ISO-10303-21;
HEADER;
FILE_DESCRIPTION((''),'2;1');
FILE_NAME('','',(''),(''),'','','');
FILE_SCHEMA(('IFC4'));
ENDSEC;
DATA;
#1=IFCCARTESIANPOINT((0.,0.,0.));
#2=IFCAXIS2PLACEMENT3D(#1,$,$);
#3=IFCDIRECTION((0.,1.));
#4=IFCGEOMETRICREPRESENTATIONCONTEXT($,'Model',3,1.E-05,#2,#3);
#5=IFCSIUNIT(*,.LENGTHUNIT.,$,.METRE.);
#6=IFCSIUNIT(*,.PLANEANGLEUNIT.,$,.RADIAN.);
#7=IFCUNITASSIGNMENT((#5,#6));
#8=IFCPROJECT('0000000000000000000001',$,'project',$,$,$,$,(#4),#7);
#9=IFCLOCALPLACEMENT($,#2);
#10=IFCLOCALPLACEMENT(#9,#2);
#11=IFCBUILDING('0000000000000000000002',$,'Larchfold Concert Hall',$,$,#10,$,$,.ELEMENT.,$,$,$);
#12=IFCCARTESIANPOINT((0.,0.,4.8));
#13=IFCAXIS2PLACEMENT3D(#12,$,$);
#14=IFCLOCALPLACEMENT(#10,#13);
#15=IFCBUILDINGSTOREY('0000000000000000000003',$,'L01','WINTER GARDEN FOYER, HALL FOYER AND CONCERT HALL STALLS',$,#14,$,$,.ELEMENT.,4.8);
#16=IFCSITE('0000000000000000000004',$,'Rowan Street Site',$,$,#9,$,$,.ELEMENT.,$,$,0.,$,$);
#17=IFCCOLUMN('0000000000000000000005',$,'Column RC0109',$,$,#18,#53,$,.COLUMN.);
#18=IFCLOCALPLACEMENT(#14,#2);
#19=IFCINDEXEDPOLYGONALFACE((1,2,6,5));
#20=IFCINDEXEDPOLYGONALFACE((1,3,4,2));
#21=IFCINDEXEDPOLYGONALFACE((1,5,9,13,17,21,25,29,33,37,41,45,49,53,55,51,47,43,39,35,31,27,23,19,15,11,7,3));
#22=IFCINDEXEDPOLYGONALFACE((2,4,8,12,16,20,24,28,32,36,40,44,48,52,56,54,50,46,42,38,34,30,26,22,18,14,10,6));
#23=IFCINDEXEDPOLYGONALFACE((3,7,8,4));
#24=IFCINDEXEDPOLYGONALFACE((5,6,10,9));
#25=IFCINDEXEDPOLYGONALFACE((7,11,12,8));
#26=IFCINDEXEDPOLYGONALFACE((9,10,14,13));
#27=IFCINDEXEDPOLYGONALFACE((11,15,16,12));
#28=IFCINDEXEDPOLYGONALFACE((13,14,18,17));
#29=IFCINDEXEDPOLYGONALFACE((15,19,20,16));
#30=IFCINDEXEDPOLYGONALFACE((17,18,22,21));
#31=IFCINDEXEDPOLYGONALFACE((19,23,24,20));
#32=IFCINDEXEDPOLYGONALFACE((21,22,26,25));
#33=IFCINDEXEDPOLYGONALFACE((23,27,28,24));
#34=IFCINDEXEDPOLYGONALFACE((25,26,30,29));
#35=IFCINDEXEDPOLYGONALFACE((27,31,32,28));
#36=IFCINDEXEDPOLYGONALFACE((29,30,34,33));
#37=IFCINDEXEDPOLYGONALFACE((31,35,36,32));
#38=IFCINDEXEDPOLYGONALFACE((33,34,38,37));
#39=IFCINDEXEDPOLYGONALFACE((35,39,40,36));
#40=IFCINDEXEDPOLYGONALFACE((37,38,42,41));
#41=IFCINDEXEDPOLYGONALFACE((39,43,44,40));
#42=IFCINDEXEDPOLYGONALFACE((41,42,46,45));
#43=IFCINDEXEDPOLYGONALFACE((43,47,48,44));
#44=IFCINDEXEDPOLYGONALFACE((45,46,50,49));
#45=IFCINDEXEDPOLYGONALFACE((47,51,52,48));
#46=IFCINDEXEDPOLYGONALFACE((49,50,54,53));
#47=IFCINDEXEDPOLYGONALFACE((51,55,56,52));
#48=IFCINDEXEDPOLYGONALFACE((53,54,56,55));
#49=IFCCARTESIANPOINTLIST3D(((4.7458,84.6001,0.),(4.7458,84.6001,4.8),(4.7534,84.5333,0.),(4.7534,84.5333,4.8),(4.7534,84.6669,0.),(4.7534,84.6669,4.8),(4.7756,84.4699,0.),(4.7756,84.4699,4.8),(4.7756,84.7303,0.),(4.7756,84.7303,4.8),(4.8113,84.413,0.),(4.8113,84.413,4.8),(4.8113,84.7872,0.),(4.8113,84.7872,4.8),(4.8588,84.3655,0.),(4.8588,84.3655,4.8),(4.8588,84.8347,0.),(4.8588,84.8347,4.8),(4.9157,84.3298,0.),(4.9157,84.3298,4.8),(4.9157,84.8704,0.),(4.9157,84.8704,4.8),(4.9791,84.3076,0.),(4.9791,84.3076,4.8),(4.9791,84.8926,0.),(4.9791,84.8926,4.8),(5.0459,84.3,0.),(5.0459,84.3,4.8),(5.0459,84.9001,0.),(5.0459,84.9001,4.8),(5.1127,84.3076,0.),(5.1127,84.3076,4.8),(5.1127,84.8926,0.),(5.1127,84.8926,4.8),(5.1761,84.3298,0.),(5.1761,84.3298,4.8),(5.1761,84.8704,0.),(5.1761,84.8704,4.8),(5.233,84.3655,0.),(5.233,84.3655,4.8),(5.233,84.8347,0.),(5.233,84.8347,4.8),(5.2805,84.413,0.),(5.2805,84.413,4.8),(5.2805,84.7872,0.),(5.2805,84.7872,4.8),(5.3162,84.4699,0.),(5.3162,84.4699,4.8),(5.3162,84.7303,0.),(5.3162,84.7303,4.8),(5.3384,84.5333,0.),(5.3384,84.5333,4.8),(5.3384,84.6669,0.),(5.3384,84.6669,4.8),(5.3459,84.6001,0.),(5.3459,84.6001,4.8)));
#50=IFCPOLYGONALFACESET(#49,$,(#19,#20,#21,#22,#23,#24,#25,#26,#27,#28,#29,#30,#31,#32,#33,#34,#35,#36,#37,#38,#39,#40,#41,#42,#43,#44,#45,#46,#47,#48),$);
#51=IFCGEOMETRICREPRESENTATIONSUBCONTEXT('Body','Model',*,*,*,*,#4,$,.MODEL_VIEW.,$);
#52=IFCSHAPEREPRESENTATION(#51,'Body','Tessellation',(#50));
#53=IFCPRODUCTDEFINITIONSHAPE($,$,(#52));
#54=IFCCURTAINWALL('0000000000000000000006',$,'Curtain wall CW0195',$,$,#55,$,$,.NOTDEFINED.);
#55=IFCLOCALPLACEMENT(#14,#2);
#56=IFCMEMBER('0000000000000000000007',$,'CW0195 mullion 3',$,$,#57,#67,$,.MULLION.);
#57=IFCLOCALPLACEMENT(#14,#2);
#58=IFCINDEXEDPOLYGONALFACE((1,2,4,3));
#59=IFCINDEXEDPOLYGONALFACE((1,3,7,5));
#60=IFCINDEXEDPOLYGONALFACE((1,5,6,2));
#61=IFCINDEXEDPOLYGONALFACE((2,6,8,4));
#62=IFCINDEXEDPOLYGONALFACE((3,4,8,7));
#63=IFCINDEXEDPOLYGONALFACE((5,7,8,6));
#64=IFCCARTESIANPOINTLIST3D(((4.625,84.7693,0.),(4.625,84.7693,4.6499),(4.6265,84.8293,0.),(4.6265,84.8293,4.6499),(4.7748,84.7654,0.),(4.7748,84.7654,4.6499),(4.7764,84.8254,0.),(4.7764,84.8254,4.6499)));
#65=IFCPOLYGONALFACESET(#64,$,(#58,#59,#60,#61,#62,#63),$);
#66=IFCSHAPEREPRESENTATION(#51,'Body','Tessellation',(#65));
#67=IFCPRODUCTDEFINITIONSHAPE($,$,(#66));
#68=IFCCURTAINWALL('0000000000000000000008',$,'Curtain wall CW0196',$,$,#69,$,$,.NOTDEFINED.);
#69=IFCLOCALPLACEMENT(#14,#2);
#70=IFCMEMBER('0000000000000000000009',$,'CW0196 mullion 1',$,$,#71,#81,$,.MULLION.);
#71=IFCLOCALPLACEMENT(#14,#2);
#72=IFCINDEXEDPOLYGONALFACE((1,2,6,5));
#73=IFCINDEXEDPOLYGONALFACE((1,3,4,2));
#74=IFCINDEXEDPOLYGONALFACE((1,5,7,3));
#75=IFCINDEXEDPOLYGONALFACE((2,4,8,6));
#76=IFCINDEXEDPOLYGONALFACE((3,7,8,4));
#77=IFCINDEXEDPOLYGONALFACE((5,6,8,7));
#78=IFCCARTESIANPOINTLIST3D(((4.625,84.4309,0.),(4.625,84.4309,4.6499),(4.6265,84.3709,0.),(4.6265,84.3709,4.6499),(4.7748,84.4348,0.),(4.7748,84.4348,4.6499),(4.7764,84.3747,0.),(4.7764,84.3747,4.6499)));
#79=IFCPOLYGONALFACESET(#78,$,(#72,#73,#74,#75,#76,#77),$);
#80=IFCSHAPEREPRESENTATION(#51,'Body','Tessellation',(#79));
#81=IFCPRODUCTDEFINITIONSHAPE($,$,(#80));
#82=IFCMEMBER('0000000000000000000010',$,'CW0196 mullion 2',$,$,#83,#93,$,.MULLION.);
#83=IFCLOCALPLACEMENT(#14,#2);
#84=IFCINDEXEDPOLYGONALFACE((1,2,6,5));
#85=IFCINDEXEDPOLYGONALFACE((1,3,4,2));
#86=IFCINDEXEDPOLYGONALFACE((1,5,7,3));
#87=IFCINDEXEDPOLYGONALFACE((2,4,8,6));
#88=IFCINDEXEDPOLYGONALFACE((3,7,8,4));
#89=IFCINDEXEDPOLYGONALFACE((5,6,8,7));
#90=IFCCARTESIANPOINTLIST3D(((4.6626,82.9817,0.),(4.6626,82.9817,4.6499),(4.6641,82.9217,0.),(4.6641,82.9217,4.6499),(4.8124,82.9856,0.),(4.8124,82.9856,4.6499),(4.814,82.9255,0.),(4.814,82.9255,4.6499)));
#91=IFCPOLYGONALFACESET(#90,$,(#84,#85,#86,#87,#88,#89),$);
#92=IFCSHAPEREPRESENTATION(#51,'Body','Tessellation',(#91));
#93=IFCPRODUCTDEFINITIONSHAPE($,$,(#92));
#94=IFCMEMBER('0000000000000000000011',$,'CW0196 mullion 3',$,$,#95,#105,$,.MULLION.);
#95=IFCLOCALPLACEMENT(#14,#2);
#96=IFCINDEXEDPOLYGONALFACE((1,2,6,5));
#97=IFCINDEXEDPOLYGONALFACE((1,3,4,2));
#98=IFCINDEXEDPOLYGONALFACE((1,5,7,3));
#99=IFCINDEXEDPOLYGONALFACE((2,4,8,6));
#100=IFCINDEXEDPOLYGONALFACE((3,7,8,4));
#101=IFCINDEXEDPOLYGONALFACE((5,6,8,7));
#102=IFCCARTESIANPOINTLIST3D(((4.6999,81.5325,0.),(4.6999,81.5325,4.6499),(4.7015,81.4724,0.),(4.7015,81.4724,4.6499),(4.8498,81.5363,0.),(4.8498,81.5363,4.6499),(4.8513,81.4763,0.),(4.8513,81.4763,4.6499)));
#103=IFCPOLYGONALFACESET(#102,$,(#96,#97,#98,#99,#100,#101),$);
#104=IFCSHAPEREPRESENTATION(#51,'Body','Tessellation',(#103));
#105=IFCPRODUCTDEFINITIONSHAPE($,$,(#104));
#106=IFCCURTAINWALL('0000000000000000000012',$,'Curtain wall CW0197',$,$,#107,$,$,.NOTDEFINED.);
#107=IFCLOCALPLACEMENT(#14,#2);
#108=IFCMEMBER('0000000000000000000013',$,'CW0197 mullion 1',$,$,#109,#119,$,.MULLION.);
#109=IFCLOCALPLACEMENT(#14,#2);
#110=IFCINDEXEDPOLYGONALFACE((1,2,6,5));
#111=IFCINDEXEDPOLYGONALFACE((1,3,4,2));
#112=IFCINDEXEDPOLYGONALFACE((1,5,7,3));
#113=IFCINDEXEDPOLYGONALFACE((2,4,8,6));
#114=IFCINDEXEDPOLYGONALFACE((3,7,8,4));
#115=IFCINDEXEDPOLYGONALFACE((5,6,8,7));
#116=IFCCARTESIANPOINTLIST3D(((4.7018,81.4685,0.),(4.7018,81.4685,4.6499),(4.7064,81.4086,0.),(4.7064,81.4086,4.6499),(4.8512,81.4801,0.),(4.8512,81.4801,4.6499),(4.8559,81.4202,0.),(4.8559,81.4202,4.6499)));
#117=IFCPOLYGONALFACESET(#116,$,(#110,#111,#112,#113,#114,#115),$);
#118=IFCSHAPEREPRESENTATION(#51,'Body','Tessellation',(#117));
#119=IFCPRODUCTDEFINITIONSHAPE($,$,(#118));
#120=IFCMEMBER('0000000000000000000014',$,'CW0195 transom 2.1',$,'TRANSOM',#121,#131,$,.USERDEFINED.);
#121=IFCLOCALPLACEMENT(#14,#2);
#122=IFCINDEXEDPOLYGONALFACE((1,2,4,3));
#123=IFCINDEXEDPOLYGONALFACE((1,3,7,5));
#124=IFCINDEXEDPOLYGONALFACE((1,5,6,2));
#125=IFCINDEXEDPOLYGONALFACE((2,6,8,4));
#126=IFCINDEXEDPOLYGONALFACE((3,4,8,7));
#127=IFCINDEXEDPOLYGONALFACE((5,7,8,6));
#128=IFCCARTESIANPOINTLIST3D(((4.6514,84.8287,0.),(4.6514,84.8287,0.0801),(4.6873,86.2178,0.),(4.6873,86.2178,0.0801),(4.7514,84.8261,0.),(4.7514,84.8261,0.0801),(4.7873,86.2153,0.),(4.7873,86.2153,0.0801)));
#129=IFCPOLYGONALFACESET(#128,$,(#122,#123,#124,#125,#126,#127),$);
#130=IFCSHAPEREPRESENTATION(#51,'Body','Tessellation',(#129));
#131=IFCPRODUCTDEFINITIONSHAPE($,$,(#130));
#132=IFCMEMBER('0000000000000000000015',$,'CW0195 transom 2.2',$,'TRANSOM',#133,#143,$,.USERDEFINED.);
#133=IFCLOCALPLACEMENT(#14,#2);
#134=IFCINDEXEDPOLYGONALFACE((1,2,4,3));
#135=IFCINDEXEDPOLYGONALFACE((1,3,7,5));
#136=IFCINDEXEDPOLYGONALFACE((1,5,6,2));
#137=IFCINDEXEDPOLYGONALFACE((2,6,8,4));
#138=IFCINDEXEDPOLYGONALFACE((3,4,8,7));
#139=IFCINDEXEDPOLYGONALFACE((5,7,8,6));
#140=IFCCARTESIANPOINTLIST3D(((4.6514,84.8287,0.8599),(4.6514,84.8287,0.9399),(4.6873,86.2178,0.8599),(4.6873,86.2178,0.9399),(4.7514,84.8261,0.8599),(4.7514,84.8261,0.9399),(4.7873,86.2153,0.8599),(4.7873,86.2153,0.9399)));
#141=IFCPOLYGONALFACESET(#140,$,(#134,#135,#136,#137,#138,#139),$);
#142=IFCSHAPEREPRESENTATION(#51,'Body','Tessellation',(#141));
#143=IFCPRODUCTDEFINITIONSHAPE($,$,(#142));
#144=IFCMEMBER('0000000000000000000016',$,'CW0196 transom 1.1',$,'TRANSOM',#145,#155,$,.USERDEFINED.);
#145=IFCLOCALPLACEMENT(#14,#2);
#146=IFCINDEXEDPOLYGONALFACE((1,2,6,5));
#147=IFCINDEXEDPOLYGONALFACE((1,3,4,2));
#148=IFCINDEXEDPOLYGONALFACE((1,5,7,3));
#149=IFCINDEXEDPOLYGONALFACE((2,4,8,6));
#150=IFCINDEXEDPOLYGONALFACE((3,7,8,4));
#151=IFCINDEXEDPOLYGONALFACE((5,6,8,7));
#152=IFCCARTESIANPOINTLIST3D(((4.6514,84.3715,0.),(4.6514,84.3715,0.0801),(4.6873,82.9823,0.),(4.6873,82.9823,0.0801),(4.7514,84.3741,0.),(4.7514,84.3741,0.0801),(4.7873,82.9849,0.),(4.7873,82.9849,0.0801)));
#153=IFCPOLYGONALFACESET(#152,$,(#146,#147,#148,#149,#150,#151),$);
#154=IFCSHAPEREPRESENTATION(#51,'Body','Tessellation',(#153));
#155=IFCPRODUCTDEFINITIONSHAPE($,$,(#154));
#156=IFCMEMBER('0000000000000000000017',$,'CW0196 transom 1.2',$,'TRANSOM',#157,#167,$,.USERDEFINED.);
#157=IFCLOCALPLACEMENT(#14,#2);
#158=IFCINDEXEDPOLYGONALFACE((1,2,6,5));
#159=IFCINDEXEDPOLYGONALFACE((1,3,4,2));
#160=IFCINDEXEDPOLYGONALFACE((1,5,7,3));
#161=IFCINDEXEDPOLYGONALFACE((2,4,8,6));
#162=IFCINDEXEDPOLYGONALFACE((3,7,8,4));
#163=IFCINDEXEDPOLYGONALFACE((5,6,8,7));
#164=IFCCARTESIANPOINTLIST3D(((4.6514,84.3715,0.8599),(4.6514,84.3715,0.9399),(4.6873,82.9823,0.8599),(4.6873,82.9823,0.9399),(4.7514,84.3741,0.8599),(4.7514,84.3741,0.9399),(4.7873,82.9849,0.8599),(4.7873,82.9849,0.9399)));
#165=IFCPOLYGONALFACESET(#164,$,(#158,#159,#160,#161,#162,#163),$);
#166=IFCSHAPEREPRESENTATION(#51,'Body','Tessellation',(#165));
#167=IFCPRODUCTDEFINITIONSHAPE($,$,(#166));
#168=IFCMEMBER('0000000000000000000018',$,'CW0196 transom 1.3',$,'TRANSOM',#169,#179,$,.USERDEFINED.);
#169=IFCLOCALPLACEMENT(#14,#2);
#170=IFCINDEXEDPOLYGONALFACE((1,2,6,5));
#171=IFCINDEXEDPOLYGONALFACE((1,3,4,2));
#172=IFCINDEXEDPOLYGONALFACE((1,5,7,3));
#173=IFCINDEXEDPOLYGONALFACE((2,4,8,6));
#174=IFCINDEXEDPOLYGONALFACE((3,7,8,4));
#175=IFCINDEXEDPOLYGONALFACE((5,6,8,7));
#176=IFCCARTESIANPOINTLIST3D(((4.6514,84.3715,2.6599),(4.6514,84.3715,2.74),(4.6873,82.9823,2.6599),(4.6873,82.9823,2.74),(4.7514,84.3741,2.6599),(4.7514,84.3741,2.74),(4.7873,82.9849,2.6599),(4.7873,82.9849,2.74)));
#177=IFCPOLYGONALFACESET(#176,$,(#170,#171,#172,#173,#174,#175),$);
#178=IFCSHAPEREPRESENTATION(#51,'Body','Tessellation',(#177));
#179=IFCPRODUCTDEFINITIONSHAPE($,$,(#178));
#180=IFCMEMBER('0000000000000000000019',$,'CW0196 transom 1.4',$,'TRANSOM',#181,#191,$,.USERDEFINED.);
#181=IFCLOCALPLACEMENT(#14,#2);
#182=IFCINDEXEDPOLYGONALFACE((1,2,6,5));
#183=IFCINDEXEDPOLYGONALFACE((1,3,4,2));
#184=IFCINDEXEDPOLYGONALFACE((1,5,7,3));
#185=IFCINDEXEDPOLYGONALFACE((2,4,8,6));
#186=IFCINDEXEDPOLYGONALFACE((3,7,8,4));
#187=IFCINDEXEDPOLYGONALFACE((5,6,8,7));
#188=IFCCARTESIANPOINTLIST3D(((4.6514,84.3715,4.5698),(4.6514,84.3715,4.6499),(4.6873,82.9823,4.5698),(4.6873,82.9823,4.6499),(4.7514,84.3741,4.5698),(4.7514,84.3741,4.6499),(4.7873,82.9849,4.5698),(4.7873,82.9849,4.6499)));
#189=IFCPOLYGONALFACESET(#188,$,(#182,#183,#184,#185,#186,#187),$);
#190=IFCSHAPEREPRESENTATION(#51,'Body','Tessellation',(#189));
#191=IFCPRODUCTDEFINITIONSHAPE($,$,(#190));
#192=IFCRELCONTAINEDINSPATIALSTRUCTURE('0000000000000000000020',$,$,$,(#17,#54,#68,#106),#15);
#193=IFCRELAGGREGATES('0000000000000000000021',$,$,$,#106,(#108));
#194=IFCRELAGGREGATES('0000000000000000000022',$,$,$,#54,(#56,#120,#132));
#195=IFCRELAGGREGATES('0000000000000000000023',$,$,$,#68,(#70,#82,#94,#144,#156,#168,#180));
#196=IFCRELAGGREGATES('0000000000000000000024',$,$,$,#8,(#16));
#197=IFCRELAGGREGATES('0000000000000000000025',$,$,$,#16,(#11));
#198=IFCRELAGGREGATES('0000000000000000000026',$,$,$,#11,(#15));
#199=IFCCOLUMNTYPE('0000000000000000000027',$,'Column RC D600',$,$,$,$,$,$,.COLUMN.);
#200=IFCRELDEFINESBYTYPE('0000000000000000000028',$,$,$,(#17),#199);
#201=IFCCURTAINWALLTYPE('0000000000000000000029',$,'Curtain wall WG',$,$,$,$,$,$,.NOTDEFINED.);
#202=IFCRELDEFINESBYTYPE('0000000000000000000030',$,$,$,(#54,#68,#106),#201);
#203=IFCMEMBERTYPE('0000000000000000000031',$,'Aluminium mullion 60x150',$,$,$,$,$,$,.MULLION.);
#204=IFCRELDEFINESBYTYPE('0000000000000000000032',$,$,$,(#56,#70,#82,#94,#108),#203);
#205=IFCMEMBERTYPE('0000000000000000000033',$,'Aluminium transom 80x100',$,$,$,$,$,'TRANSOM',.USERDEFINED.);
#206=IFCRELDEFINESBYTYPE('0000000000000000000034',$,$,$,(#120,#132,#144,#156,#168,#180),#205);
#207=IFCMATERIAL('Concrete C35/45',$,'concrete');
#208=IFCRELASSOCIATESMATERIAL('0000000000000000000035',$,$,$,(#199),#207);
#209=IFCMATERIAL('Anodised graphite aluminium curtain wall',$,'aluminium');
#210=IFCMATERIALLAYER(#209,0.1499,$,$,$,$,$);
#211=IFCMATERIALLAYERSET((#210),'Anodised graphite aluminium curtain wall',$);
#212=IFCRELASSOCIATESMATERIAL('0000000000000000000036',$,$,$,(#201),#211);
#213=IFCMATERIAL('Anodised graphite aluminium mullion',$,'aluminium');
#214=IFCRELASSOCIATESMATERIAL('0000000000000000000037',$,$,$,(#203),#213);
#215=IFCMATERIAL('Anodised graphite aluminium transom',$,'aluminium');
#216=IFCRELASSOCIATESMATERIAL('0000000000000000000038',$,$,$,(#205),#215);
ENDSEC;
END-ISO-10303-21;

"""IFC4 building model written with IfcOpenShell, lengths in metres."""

from ifc_helpers import new_model, si_unit, direction, frame, origin, origin_2d, place, context, subcontext, project, spatial, rectangle, circle, extrude, material, layer, layer_set, material_profile, profile_set, type_object, element, aggregate, save


model = new_model("IFC4")

# Units and contexts
model_context = context("Model", 3, precision=1e-05, world=origin(), true_north=direction((0.0, 1.0)))
body_context = subcontext(model_context, "Body", "Model", "MODEL_VIEW")
ifc_project = project(units=[si_unit("LENGTHUNIT", "METRE"), si_unit("PLANEANGLEUNIT", "RADIAN")], contexts=[model_context])

# Site, building, storey
site_placement = place(None, origin())
site = spatial("IfcSite", under=ifc_project, at=site_placement, Name="Rowan Street Site", CompositionType="ELEMENT", RefElevation=0.0)
building_placement = place(site_placement, origin())
building = spatial("IfcBuilding", under=site, at=building_placement, Name="Larchfold Concert Hall", CompositionType="ELEMENT")
storey_placement = place(building_placement, frame((0.0, 0.0, 4.8)))
storey = spatial("IfcBuildingStorey", under=building, at=storey_placement, Name="L01", Description="WINTER GARDEN FOYER, HALL FOYER AND CONCERT HALL STALLS", CompositionType="ELEMENT", Elevation=4.8)

# Column
ifc_material_1 = material(Name="Concrete C35/45", Category="concrete")
ifc_material_profile_1 = material_profile(ifc_material_1, circle(Radius=0.3, at=origin_2d()))
ifc_profile_set_1 = profile_set([ifc_material_profile_1], Name="Concrete C35/45")
column_type = type_object("IfcColumnType", Name="Column RC D600", PredefinedType="COLUMN", material=ifc_profile_set_1)
column_placement = place(storey_placement, frame((5.0459, 84.6001, 0.0), z_axis=(0.0, 0.0, 1.0), x_axis=(1.0, 0.0, 0.0)))
element("IfcColumn", 1, at=column_placement, inside=storey, type_object=column_type, Name="Column RC0109", PredefinedType="COLUMN", context=body_context, shape_type="SweptSolid", body=[
    extrude(circle(Radius=0.3, at=origin_2d()), origin(), (0.0, 0.0, 1.0), 4.8),
])

# Curtain wall, member
ifc_material_2 = material(Name="Anodised graphite aluminium curtain wall", Category="aluminium")
ifc_layer_1 = layer(ifc_material_2, 0.1499)
ifc_layer_set_1 = layer_set([ifc_layer_1], Name="Anodised graphite aluminium curtain wall")
curtain_wall_type = type_object("IfcCurtainWallType", Name="Curtain wall WG", PredefinedType="NOTDEFINED", material=ifc_layer_set_1)
curtain_wall_1_placement = place(storey_placement, origin())
curtain_wall_1 = element("IfcCurtainWall", 2, at=curtain_wall_1_placement, inside=storey, type_object=curtain_wall_type, Name="Curtain wall CW0195", PredefinedType="NOTDEFINED")
ifc_material_3 = material(Name="Anodised graphite aluminium mullion", Category="aluminium")
ifc_material_profile_2 = material_profile(ifc_material_3, rectangle(XDim=0.1499, YDim=0.0601, at=origin_2d()))
ifc_profile_set_2 = profile_set([ifc_material_profile_2], Name="Anodised graphite aluminium mullion")
member_type_1 = type_object("IfcMemberType", Name="Aluminium mullion 60x150", PredefinedType="MULLION", material=ifc_profile_set_2)
member_1_placement = place(storey_placement, frame((4.7007, 84.7974, 0.0), z_axis=(0.0, 0.0, 1.0), x_axis=(0.999667, -0.025821, 0.0)))
member_1 = element("IfcMember", 3, at=member_1_placement, type_object=member_type_1, Name="CW0195 mullion 3", PredefinedType="MULLION", context=body_context, shape_type="SweptSolid", body=[
    extrude(rectangle(XDim=0.1499, YDim=0.0601, at=origin_2d()), origin(), (0.0, 0.0, 1.0), 4.6499),
])

# Curtain wall, members
curtain_wall_2_placement = place(storey_placement, origin())
curtain_wall_2 = element("IfcCurtainWall", 4, at=curtain_wall_2_placement, inside=storey, type_object=curtain_wall_type, Name="Curtain wall CW0196", PredefinedType="NOTDEFINED")
member_2_placement = place(storey_placement, frame((4.7007, 84.4028, 0.0), z_axis=(0.0, 0.0, 1.0), x_axis=(0.999667, 0.025821, 0.0)))
member_2 = element("IfcMember", 5, at=member_2_placement, type_object=member_type_1, Name="CW0196 mullion 1", PredefinedType="MULLION", context=body_context, shape_type="SweptSolid", body=[
    extrude(rectangle(XDim=0.1499, YDim=0.0601, at=origin_2d()), origin(), (0.0, 0.0, 1.0), 4.6499),
])
member_3_placement = place(storey_placement, frame((4.7383, 82.9536, 0.0), z_axis=(0.0, 0.0, 1.0), x_axis=(0.999667, 0.025821, 0.0)))
member_3 = element("IfcMember", 6, at=member_3_placement, type_object=member_type_1, Name="CW0196 mullion 2", PredefinedType="MULLION", context=body_context, shape_type="SweptSolid", body=[
    extrude(rectangle(XDim=0.1499, YDim=0.0601, at=origin_2d()), origin(), (0.0, 0.0, 1.0), 4.6499),
])
member_4_placement = place(storey_placement, frame((4.7756, 81.5044, 0.0), z_axis=(0.0, 0.0, 1.0), x_axis=(0.999667, 0.025821, 0.0)))
member_4 = element("IfcMember", 7, at=member_4_placement, type_object=member_type_1, Name="CW0196 mullion 3", PredefinedType="MULLION", context=body_context, shape_type="SweptSolid", body=[
    extrude(rectangle(XDim=0.1499, YDim=0.0601, at=origin_2d()), origin(), (0.0, 0.0, 1.0), 4.6499),
])

# Curtain wall, member
curtain_wall_3_placement = place(storey_placement, origin())
curtain_wall_3 = element("IfcCurtainWall", 8, at=curtain_wall_3_placement, inside=storey, type_object=curtain_wall_type, Name="Curtain wall CW0197", PredefinedType="NOTDEFINED")
member_5_placement = place(storey_placement, frame((4.7788, 81.4443, 0.0), z_axis=(0.0, 0.0, 1.0), x_axis=(0.996995, 0.077465, 0.0)))
member_5 = element("IfcMember", 9, at=member_5_placement, type_object=member_type_1, Name="CW0197 mullion 1", PredefinedType="MULLION", context=body_context, shape_type="SweptSolid", body=[
    extrude(rectangle(XDim=0.1499, YDim=0.0601, at=origin_2d()), origin(), (0.0, 0.0, 1.0), 4.6499),
])

# Members
ifc_material_4 = material(Name="Anodised graphite aluminium transom", Category="aluminium")
ifc_material_profile_3 = material_profile(ifc_material_4, rectangle(XDim=0.1001, YDim=0.0801, at=origin_2d()))
ifc_profile_set_3 = profile_set([ifc_material_profile_3], Name="Anodised graphite aluminium transom")
member_type_2 = type_object("IfcMemberType", Name="Aluminium transom 80x100", ElementType="TRANSOM", PredefinedType="USERDEFINED", material=ifc_profile_set_3)
member_6_placement = place(storey_placement, frame((4.7373, 86.2166, 0.04), z_axis=(-0.025826, -0.999666, 0.0), x_axis=(0.999666, -0.025826, 0.0)))
member_6 = element("IfcMember", 10, at=member_6_placement, type_object=member_type_2, Name="CW0195 transom 2.1", ObjectType="TRANSOM", PredefinedType="USERDEFINED", context=body_context, shape_type="SweptSolid", body=[
    extrude(rectangle(XDim=0.1001, YDim=0.0801, at=origin_2d()), origin(), (0.0, 0.0, 1.0), 1.3896),
])
member_7_placement = place(storey_placement, frame((4.7373, 86.2166, 0.8999), z_axis=(-0.025826, -0.999666, 0.0), x_axis=(0.999666, -0.025826, 0.0)))
member_7 = element("IfcMember", 11, at=member_7_placement, type_object=member_type_2, Name="CW0195 transom 2.2", ObjectType="TRANSOM", PredefinedType="USERDEFINED", context=body_context, shape_type="SweptSolid", body=[
    extrude(rectangle(XDim=0.1001, YDim=0.0801, at=origin_2d()), origin(), (0.0, 0.0, 1.0), 1.3896),
])
member_8_placement = place(storey_placement, frame((4.7014, 84.3728, 0.04), z_axis=(0.025826, -0.999666, 0.0), x_axis=(0.999666, 0.025826, 0.0)))
member_8 = element("IfcMember", 12, at=member_8_placement, type_object=member_type_2, Name="CW0196 transom 1.1", ObjectType="TRANSOM", PredefinedType="USERDEFINED", context=body_context, shape_type="SweptSolid", body=[
    extrude(rectangle(XDim=0.1001, YDim=0.0801, at=origin_2d()), origin(), (0.0, 0.0, 1.0), 1.3896),
])
member_9_placement = place(storey_placement, frame((4.7014, 84.3728, 0.8999), z_axis=(0.025826, -0.999666, 0.0), x_axis=(0.999666, 0.025826, 0.0)))
member_9 = element("IfcMember", 13, at=member_9_placement, type_object=member_type_2, Name="CW0196 transom 1.2", ObjectType="TRANSOM", PredefinedType="USERDEFINED", context=body_context, shape_type="SweptSolid", body=[
    extrude(rectangle(XDim=0.1001, YDim=0.0801, at=origin_2d()), origin(), (0.0, 0.0, 1.0), 1.3896),
])
member_10_placement = place(storey_placement, frame((4.7014, 84.3728, 2.7), z_axis=(0.025826, -0.999666, 0.0), x_axis=(0.999666, 0.025826, 0.0)))
member_10 = element("IfcMember", 14, at=member_10_placement, type_object=member_type_2, Name="CW0196 transom 1.3", ObjectType="TRANSOM", PredefinedType="USERDEFINED", context=body_context, shape_type="SweptSolid", body=[
    extrude(rectangle(XDim=0.1001, YDim=0.0801, at=origin_2d()), origin(), (0.0, 0.0, 1.0), 1.3896),
])
member_11_placement = place(storey_placement, frame((4.7014, 84.3728, 4.6099), z_axis=(0.025826, -0.999666, 0.0), x_axis=(0.999666, 0.025826, 0.0)))
member_11 = element("IfcMember", 15, at=member_11_placement, type_object=member_type_2, Name="CW0196 transom 1.4", ObjectType="TRANSOM", PredefinedType="USERDEFINED", context=body_context, shape_type="SweptSolid", body=[
    extrude(rectangle(XDim=0.1001, YDim=0.0801, at=origin_2d()), origin(), (0.0, 0.0, 1.0), 1.3896),
])
aggregate(curtain_wall_3, [member_5])

aggregate(curtain_wall_1, [member_1, member_6, member_7])
aggregate(curtain_wall_2, [member_2, member_3, member_4, member_8, member_9, member_10, member_11])

save(model, "model.ifc")
